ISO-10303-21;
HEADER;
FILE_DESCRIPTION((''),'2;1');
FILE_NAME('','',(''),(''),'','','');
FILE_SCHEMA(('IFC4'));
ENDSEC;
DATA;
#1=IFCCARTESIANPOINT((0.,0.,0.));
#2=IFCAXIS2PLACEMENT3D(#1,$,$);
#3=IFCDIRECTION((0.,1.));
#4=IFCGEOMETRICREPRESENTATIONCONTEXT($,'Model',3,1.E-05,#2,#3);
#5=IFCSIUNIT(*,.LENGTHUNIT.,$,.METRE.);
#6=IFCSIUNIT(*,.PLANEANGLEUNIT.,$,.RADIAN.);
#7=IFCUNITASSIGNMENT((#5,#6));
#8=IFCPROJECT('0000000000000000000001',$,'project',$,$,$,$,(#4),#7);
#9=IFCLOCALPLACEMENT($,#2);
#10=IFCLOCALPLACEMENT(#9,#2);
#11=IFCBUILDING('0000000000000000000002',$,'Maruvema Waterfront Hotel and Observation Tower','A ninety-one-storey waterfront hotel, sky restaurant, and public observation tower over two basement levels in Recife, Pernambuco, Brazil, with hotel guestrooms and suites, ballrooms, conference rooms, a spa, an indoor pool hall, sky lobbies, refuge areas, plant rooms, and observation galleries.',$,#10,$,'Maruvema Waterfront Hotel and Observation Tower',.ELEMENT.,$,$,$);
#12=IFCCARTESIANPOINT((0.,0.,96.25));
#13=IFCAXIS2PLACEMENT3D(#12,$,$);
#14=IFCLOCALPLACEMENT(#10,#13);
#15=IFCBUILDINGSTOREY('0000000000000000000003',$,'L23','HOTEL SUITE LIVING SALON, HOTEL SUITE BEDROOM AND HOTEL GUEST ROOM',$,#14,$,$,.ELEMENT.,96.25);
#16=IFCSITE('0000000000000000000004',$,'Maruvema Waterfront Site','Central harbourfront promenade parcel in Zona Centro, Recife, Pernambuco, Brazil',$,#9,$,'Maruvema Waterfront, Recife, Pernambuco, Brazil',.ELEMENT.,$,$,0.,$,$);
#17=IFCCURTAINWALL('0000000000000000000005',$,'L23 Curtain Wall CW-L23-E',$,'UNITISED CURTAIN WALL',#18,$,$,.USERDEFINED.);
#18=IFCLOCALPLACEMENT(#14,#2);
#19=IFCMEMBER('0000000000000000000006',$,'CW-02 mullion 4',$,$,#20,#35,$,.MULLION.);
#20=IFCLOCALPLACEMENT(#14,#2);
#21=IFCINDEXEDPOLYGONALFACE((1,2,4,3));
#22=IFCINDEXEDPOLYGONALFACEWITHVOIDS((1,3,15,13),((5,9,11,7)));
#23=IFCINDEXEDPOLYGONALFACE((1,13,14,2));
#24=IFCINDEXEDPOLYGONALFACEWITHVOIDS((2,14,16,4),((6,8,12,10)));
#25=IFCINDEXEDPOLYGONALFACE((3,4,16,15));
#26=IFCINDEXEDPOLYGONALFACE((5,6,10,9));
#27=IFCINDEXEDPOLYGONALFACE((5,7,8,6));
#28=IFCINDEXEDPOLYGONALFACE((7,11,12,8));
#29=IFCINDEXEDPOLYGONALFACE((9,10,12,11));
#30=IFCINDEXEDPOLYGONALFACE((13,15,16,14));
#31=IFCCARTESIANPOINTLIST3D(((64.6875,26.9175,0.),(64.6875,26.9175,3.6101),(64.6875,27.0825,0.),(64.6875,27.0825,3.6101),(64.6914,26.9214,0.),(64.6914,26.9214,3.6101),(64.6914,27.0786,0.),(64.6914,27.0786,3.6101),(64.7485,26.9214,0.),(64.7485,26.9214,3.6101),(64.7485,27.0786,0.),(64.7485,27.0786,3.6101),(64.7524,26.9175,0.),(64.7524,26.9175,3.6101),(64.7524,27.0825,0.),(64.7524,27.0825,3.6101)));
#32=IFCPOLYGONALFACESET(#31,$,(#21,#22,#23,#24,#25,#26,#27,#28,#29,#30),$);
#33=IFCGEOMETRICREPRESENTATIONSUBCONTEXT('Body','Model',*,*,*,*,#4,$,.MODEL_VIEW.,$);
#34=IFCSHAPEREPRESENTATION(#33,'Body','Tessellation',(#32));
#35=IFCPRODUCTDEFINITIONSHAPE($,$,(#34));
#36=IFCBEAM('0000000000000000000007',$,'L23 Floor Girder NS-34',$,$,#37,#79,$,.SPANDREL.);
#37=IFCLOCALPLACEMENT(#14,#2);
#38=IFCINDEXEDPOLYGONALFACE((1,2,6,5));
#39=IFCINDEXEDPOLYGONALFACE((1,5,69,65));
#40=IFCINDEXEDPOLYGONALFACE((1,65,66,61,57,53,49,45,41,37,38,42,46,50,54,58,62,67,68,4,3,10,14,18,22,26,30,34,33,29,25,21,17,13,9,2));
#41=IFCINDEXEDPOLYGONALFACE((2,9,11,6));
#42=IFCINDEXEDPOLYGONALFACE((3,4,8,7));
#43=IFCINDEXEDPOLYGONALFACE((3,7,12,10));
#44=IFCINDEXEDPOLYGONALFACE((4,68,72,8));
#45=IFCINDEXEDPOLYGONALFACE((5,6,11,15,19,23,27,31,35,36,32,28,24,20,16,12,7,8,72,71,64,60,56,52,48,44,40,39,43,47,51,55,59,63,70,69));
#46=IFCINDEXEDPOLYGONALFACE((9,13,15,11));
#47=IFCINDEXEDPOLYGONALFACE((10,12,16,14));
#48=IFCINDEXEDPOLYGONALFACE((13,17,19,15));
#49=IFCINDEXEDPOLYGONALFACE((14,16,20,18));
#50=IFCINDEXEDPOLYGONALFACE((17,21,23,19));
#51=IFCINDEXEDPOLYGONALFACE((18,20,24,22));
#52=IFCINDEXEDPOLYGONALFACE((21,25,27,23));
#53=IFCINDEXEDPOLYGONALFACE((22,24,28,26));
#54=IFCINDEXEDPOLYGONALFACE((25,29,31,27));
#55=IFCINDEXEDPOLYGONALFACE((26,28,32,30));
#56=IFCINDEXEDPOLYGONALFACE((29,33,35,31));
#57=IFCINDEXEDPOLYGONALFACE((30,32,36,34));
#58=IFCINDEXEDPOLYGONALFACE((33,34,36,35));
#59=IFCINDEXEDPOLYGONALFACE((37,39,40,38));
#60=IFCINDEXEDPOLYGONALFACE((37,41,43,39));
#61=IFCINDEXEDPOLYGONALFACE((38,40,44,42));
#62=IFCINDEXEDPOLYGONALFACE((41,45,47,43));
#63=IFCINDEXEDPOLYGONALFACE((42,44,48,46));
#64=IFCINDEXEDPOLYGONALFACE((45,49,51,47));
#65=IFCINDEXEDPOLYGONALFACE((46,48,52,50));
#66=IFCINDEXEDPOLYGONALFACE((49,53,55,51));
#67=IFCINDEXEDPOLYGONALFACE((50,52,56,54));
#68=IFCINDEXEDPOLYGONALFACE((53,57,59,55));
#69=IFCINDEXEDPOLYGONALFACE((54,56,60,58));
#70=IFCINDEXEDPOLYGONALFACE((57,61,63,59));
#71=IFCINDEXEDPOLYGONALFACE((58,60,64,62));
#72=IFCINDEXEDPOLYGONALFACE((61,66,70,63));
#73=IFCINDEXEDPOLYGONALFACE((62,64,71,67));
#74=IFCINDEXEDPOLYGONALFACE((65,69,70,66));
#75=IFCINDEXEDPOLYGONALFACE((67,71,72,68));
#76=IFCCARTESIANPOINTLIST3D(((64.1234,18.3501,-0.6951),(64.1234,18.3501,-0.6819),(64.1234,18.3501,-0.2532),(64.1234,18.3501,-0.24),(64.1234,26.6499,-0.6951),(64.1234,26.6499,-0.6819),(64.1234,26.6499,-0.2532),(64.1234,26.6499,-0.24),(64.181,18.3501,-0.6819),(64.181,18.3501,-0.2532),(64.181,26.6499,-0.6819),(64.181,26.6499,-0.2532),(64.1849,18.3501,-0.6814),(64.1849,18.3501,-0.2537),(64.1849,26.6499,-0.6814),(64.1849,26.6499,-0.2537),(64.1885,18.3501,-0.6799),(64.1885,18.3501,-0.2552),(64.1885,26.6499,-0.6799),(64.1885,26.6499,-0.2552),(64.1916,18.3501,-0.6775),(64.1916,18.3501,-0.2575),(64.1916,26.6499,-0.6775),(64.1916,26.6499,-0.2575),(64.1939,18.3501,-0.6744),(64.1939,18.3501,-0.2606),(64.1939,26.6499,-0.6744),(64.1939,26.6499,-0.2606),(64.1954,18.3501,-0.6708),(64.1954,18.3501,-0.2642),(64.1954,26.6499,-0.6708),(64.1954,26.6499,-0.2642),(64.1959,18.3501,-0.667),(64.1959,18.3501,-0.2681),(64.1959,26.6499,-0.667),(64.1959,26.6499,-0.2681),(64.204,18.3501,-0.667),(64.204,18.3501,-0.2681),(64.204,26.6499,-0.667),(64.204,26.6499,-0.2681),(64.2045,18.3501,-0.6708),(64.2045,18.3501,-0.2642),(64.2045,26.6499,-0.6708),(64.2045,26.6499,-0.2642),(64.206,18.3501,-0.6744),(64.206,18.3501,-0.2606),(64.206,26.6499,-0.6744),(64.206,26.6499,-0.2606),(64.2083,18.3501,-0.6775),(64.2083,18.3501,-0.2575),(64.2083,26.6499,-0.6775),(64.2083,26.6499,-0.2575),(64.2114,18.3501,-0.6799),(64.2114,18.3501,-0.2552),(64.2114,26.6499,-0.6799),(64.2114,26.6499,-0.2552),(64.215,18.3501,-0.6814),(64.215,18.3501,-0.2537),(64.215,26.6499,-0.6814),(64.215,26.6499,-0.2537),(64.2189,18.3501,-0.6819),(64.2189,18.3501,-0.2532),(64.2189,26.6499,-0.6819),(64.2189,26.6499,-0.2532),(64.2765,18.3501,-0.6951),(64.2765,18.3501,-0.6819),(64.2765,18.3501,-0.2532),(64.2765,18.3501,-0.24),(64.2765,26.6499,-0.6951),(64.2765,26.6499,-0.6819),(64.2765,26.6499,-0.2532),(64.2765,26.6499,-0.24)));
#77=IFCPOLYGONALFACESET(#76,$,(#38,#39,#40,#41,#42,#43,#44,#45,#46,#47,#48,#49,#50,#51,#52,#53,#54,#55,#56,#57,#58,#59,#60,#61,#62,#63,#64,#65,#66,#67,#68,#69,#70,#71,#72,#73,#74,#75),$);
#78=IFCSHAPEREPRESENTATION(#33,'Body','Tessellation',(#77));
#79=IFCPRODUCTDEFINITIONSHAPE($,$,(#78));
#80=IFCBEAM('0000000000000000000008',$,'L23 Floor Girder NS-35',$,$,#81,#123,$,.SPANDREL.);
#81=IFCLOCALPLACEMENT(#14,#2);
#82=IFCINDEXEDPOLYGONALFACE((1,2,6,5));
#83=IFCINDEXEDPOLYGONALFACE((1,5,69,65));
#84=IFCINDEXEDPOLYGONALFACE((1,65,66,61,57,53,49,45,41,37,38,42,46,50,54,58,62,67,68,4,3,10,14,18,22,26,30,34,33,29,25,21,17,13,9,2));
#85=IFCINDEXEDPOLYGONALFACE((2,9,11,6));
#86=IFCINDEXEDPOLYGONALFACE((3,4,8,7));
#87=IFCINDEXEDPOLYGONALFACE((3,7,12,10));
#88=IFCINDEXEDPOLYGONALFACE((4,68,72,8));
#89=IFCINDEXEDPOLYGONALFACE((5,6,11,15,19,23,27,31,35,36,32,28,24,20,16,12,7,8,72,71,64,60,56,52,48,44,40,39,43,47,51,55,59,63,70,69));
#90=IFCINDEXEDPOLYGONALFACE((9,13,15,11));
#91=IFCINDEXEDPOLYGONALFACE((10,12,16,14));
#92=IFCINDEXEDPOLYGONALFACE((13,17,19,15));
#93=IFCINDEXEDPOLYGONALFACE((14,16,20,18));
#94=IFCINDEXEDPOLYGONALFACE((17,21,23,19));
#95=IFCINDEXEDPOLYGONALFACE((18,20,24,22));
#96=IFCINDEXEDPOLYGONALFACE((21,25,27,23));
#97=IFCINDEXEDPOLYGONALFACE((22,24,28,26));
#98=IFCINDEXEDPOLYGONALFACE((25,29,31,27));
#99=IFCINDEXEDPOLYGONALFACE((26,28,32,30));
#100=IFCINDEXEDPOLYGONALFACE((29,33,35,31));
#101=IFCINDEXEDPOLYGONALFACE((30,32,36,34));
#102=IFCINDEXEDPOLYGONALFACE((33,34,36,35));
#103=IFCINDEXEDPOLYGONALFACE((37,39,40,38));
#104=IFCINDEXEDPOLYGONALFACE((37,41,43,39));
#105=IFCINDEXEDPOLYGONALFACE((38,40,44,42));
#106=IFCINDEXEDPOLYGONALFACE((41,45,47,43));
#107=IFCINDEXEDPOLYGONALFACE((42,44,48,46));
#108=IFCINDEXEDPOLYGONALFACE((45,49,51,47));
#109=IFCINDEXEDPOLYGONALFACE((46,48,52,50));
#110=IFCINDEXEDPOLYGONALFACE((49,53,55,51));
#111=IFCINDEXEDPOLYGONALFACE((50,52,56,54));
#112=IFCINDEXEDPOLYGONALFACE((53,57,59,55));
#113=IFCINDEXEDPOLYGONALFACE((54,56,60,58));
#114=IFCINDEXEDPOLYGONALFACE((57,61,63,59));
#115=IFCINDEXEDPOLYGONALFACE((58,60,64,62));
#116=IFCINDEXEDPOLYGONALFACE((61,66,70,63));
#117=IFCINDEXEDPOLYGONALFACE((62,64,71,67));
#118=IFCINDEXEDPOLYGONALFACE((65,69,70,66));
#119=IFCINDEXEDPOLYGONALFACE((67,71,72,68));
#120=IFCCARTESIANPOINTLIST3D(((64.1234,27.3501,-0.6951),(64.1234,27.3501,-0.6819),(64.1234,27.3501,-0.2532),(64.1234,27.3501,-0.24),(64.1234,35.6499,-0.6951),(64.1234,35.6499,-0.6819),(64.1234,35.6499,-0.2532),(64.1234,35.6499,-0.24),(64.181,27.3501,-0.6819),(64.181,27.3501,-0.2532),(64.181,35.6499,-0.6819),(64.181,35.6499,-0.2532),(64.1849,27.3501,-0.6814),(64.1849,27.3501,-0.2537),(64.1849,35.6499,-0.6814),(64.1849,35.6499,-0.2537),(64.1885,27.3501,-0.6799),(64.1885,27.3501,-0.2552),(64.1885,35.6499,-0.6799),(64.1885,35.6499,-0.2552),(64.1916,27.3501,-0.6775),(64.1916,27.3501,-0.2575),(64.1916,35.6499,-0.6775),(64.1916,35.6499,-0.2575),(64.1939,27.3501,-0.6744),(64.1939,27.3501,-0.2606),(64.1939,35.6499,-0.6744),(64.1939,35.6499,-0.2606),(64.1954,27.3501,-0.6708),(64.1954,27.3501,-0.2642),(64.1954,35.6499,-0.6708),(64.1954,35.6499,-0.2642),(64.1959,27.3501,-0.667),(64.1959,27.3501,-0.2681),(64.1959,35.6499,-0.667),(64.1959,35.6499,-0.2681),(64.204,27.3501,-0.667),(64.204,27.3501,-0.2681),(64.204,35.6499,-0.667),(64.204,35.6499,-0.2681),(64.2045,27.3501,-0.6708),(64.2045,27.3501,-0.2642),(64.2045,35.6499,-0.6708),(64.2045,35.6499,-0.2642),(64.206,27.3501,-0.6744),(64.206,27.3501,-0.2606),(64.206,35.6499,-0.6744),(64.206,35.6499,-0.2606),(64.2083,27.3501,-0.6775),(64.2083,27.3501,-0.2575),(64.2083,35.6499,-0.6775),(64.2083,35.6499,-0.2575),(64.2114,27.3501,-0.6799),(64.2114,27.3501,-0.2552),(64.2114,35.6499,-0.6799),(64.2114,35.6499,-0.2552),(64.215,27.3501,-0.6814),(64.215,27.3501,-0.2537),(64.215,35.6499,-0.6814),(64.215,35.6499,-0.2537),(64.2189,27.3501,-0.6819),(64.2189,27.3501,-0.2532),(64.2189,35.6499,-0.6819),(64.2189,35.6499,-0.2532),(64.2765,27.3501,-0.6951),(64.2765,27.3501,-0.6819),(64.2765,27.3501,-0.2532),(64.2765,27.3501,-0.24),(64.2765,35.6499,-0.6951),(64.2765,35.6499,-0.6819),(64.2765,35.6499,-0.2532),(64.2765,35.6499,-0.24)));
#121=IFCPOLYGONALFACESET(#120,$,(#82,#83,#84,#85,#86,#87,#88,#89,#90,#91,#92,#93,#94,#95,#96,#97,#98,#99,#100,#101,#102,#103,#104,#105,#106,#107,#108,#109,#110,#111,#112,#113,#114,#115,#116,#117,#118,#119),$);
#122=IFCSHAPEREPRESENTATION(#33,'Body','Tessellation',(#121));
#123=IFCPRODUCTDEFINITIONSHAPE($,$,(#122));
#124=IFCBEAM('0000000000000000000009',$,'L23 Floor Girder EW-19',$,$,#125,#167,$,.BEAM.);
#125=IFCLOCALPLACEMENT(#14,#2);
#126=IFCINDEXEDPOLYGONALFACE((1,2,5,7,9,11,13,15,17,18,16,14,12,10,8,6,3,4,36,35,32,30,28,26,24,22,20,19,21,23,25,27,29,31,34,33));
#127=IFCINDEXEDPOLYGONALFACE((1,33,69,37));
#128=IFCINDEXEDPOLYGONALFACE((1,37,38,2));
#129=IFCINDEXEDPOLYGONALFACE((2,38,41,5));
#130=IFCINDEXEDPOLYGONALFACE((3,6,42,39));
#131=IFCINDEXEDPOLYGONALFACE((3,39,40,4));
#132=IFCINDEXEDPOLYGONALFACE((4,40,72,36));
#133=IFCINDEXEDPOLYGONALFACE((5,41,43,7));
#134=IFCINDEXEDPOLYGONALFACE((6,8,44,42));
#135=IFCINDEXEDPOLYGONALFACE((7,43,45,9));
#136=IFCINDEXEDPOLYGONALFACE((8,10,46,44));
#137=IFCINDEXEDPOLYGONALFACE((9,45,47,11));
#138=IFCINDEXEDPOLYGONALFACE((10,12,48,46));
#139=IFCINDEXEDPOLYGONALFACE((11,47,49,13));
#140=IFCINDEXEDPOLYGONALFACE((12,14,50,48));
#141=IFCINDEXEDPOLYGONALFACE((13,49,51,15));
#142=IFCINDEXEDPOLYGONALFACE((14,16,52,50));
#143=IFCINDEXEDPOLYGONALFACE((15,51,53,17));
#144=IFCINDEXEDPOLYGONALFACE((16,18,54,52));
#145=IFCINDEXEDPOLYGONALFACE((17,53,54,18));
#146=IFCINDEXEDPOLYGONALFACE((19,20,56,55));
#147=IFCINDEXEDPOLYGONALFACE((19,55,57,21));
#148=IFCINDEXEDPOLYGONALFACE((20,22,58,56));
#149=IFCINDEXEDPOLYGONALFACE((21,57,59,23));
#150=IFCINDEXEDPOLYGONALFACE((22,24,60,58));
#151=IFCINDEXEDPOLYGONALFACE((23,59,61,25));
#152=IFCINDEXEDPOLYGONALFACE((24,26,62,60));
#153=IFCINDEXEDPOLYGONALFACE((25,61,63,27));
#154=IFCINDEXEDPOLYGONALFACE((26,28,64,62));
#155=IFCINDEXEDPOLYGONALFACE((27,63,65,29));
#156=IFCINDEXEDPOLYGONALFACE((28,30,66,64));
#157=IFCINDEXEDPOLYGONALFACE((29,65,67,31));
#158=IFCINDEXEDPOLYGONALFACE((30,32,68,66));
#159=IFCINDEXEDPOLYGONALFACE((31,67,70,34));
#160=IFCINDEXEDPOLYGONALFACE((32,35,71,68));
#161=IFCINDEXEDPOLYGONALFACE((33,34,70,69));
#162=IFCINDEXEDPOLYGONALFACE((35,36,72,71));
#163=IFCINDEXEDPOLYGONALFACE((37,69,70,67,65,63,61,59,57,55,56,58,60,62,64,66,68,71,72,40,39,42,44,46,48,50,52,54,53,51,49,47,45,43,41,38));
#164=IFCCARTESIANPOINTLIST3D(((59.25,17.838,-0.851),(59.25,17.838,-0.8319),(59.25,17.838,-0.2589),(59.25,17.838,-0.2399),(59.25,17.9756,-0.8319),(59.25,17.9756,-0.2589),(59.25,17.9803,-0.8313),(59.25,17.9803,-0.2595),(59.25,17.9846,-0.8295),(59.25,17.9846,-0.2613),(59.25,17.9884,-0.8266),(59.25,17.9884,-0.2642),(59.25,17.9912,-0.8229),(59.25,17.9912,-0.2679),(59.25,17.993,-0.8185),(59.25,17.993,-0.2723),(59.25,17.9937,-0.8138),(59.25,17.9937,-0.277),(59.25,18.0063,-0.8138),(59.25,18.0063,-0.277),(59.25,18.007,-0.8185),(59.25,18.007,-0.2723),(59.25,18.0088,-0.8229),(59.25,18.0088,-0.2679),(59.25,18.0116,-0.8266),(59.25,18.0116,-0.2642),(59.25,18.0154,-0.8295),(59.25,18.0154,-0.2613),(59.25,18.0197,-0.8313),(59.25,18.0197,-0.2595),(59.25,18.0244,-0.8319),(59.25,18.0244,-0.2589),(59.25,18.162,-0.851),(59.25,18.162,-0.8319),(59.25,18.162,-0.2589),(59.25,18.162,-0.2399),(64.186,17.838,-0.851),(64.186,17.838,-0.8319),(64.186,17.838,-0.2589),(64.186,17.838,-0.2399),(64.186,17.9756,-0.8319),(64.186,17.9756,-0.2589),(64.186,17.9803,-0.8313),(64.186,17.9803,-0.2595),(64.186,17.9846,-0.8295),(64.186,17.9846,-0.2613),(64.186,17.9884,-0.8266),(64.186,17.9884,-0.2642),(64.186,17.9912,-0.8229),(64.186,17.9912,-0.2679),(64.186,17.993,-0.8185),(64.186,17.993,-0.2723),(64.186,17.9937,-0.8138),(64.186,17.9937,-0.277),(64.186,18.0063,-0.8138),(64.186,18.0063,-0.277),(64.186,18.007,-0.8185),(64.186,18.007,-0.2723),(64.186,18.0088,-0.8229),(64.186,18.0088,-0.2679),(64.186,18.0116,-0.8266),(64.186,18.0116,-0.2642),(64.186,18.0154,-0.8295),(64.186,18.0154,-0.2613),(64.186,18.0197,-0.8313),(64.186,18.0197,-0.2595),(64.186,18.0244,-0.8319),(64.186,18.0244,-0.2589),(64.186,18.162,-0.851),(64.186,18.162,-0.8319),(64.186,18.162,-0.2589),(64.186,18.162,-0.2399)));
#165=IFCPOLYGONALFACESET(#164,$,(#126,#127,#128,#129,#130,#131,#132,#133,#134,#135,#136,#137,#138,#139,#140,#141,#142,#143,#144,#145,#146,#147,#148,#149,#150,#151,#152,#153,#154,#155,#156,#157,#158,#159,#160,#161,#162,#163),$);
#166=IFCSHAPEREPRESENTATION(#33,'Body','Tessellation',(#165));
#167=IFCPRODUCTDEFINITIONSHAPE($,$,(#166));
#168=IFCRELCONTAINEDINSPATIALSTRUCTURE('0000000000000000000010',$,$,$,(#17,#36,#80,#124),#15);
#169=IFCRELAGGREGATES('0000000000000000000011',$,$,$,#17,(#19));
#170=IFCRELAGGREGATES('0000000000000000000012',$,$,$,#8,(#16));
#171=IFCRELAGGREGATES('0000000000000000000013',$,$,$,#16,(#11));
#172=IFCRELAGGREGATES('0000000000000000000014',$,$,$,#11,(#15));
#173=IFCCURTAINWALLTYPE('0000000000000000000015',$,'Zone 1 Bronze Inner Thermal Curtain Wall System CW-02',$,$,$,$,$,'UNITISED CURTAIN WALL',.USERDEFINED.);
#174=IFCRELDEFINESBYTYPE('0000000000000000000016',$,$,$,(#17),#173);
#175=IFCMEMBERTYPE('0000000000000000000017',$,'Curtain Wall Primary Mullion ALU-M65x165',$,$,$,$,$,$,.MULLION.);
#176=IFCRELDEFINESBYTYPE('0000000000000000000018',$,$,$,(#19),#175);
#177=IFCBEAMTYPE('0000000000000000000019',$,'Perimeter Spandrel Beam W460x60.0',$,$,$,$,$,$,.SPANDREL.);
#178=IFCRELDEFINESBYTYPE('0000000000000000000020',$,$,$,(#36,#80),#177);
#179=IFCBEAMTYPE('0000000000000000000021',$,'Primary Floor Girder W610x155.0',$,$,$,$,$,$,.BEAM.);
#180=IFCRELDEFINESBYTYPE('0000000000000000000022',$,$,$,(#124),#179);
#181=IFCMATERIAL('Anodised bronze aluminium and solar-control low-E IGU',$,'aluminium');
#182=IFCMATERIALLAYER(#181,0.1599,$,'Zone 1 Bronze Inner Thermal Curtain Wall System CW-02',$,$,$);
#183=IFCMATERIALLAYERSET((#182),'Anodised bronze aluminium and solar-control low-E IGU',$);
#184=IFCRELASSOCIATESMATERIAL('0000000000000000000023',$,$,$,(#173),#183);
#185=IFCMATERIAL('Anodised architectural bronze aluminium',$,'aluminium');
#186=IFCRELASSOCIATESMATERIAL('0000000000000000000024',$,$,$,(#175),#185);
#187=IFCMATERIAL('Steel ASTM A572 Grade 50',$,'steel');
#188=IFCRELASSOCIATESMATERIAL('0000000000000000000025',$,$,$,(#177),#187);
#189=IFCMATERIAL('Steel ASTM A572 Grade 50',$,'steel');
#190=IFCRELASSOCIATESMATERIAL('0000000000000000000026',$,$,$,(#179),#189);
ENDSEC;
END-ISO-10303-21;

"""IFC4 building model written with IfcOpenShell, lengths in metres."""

from ifc_helpers import new_model, si_unit, direction, frame, origin, origin_2d, place, context, subcontext, project, spatial, hollow_rectangle, i_section, extrude, material, layer, layer_set, material_profile, profile_set, type_object, element, aggregate, save


model = new_model("IFC4")

# Units and contexts
model_context = context("Model", 3, precision=1e-05, world=origin(), true_north=direction((0.0, 1.0)))
body_context = subcontext(model_context, "Body", "Model", "MODEL_VIEW")
ifc_project = project(units=[si_unit("LENGTHUNIT", "METRE"), si_unit("PLANEANGLEUNIT", "RADIAN")], contexts=[model_context])

# Site, building, storey
site_placement = place(None, origin())
site = spatial("IfcSite", under=ifc_project, at=site_placement, Name="Maruvema Waterfront Site", Description="Central harbourfront promenade parcel in Zona Centro, Recife, Pernambuco, Brazil", LongName="Maruvema Waterfront, Recife, Pernambuco, Brazil", CompositionType="ELEMENT", RefElevation=0.0)
building_placement = place(site_placement, origin())
building = spatial("IfcBuilding", under=site, at=building_placement, Name="Maruvema Waterfront Hotel and Observation Tower", Description="A ninety-one-storey waterfront hotel, sky restaurant, and public observation tower over two basement levels in Recife, Pernambuco, Brazil, with hotel guestrooms and suites, ballrooms, conference rooms, a spa, an indoor pool hall, sky lobbies, refuge areas, plant rooms, and observation galleries.", LongName="Maruvema Waterfront Hotel and Observation Tower", CompositionType="ELEMENT")
storey_placement = place(building_placement, frame((0.0, 0.0, 96.25)))
storey = spatial("IfcBuildingStorey", under=building, at=storey_placement, Name="L23", Description="HOTEL SUITE LIVING SALON, HOTEL SUITE BEDROOM AND HOTEL GUEST ROOM", CompositionType="ELEMENT", Elevation=96.25)

# Curtain wall, member
ifc_material_1 = material(Name="Anodised bronze aluminium and solar-control low-E IGU", Category="aluminium")
ifc_layer_1 = layer(ifc_material_1, 0.1599, Name="Zone 1 Bronze Inner Thermal Curtain Wall System CW-02")
ifc_layer_set_1 = layer_set([ifc_layer_1], Name="Anodised bronze aluminium and solar-control low-E IGU")
curtain_wall_type = type_object("IfcCurtainWallType", Name="Zone 1 Bronze Inner Thermal Curtain Wall System CW-02", ElementType="UNITISED CURTAIN WALL", PredefinedType="USERDEFINED", material=ifc_layer_set_1)
curtain_wall_placement = place(storey_placement, origin())
curtain_wall = element("IfcCurtainWall", 1, at=curtain_wall_placement, inside=storey, type_object=curtain_wall_type, Name="L23 Curtain Wall CW-L23-E", ObjectType="UNITISED CURTAIN WALL", PredefinedType="USERDEFINED")
ifc_material_2 = material(Name="Anodised architectural bronze aluminium", Category="aluminium")
ifc_material_profile_1 = material_profile(ifc_material_2, hollow_rectangle(XDim=0.0649, YDim=0.165, WallThickness=0.0039, at=origin_2d()), Name="ALU-M65x165")
ifc_profile_set_1 = profile_set([ifc_material_profile_1], Name="Anodised architectural bronze aluminium")
member_type_1 = type_object("IfcMemberType", Name="Curtain Wall Primary Mullion ALU-M65x165", PredefinedType="MULLION", material=ifc_profile_set_1)
member_1_placement = place(storey_placement, frame((64.72, 27.0, 0.0), z_axis=(0.0, 0.0, 1.0), x_axis=(-1.0, 0.0, 0.0)))
member_1 = element("IfcMember", 2, at=member_1_placement, type_object=member_type_1, Name="CW-02 mullion 4", PredefinedType="MULLION", context=body_context, shape_type="SweptSolid", body=[
    extrude(hollow_rectangle(XDim=0.0649, YDim=0.165, WallThickness=0.0039, at=origin_2d()), origin(), (0.0, 0.0, 1.0), 3.6101),
])

# Beams
ifc_material_3 = material(Name="Steel ASTM A572 Grade 50", Category="steel")
ifc_material_profile_2 = material_profile(ifc_material_3, i_section(OverallWidth=0.1531, OverallDepth=0.4551, WebThickness=0.0081, FlangeThickness=0.0132, FilletRadius=0.0149, at=origin_2d()), Name="W460x60.0")
ifc_profile_set_2 = profile_set([ifc_material_profile_2], Name="Steel ASTM A572 Grade 50")
beam_type_1 = type_object("IfcBeamType", Name="Perimeter Spandrel Beam W460x60.0", PredefinedType="SPANDREL", material=ifc_profile_set_2)
for number, where, z_axis, x_axis, name in (
    (3, (64.2, 18.3501, -0.4675), (0.0, 1.0, 0.0), (-1.0, 0.0, 0.0), "L23 Floor Girder NS-34"),
    (4, (64.2, 27.3501, -0.4675), (0.0, 1.0, 0.0), (-1.0, 0.0, 0.0), "L23 Floor Girder NS-35"),
):
    element("IfcBeam", number, at=place(storey_placement, frame(where, z_axis=z_axis, x_axis=x_axis)), inside=storey, type_object=beam_type_1, Name=name, PredefinedType="SPANDREL", context=body_context, shape_type="SweptSolid", body=[
        extrude(i_section(OverallWidth=0.1531, OverallDepth=0.4551, WebThickness=0.0081, FlangeThickness=0.0132, FilletRadius=0.0149, at=origin_2d()), origin(), (0.0, 0.0, 1.0), 8.2998),
    ])
ifc_material_4 = material(Name="Steel ASTM A572 Grade 50", Category="steel")
ifc_material_profile_3 = material_profile(ifc_material_4, i_section(OverallWidth=0.324, OverallDepth=0.6111, WebThickness=0.0127, FlangeThickness=0.019, FilletRadius=0.0181, at=origin_2d()), Name="W610x155.0")
ifc_profile_set_3 = profile_set([ifc_material_profile_3], Name="Steel ASTM A572 Grade 50")
beam_type_2 = type_object("IfcBeamType", Name="Primary Floor Girder W610x155.0", PredefinedType="BEAM", material=ifc_profile_set_3)
for number, where, z_axis, x_axis, name in (
    (5, (59.25, 18.0, -0.5454), (1.0, 0.0, 0.0), (0.0, 1.0, 0.0), "L23 Floor Girder EW-19"),
):
    element("IfcBeam", number, at=place(storey_placement, frame(where, z_axis=z_axis, x_axis=x_axis)), inside=storey, type_object=beam_type_2, Name=name, PredefinedType="BEAM", context=body_context, shape_type="SweptSolid", body=[
        extrude(i_section(OverallWidth=0.324, OverallDepth=0.6111, WebThickness=0.0127, FlangeThickness=0.019, FilletRadius=0.0181, at=origin_2d()), origin(), (0.0, 0.0, 1.0), 4.936),
    ])

aggregate(curtain_wall, [member_1])

save(model, "model.ifc")
